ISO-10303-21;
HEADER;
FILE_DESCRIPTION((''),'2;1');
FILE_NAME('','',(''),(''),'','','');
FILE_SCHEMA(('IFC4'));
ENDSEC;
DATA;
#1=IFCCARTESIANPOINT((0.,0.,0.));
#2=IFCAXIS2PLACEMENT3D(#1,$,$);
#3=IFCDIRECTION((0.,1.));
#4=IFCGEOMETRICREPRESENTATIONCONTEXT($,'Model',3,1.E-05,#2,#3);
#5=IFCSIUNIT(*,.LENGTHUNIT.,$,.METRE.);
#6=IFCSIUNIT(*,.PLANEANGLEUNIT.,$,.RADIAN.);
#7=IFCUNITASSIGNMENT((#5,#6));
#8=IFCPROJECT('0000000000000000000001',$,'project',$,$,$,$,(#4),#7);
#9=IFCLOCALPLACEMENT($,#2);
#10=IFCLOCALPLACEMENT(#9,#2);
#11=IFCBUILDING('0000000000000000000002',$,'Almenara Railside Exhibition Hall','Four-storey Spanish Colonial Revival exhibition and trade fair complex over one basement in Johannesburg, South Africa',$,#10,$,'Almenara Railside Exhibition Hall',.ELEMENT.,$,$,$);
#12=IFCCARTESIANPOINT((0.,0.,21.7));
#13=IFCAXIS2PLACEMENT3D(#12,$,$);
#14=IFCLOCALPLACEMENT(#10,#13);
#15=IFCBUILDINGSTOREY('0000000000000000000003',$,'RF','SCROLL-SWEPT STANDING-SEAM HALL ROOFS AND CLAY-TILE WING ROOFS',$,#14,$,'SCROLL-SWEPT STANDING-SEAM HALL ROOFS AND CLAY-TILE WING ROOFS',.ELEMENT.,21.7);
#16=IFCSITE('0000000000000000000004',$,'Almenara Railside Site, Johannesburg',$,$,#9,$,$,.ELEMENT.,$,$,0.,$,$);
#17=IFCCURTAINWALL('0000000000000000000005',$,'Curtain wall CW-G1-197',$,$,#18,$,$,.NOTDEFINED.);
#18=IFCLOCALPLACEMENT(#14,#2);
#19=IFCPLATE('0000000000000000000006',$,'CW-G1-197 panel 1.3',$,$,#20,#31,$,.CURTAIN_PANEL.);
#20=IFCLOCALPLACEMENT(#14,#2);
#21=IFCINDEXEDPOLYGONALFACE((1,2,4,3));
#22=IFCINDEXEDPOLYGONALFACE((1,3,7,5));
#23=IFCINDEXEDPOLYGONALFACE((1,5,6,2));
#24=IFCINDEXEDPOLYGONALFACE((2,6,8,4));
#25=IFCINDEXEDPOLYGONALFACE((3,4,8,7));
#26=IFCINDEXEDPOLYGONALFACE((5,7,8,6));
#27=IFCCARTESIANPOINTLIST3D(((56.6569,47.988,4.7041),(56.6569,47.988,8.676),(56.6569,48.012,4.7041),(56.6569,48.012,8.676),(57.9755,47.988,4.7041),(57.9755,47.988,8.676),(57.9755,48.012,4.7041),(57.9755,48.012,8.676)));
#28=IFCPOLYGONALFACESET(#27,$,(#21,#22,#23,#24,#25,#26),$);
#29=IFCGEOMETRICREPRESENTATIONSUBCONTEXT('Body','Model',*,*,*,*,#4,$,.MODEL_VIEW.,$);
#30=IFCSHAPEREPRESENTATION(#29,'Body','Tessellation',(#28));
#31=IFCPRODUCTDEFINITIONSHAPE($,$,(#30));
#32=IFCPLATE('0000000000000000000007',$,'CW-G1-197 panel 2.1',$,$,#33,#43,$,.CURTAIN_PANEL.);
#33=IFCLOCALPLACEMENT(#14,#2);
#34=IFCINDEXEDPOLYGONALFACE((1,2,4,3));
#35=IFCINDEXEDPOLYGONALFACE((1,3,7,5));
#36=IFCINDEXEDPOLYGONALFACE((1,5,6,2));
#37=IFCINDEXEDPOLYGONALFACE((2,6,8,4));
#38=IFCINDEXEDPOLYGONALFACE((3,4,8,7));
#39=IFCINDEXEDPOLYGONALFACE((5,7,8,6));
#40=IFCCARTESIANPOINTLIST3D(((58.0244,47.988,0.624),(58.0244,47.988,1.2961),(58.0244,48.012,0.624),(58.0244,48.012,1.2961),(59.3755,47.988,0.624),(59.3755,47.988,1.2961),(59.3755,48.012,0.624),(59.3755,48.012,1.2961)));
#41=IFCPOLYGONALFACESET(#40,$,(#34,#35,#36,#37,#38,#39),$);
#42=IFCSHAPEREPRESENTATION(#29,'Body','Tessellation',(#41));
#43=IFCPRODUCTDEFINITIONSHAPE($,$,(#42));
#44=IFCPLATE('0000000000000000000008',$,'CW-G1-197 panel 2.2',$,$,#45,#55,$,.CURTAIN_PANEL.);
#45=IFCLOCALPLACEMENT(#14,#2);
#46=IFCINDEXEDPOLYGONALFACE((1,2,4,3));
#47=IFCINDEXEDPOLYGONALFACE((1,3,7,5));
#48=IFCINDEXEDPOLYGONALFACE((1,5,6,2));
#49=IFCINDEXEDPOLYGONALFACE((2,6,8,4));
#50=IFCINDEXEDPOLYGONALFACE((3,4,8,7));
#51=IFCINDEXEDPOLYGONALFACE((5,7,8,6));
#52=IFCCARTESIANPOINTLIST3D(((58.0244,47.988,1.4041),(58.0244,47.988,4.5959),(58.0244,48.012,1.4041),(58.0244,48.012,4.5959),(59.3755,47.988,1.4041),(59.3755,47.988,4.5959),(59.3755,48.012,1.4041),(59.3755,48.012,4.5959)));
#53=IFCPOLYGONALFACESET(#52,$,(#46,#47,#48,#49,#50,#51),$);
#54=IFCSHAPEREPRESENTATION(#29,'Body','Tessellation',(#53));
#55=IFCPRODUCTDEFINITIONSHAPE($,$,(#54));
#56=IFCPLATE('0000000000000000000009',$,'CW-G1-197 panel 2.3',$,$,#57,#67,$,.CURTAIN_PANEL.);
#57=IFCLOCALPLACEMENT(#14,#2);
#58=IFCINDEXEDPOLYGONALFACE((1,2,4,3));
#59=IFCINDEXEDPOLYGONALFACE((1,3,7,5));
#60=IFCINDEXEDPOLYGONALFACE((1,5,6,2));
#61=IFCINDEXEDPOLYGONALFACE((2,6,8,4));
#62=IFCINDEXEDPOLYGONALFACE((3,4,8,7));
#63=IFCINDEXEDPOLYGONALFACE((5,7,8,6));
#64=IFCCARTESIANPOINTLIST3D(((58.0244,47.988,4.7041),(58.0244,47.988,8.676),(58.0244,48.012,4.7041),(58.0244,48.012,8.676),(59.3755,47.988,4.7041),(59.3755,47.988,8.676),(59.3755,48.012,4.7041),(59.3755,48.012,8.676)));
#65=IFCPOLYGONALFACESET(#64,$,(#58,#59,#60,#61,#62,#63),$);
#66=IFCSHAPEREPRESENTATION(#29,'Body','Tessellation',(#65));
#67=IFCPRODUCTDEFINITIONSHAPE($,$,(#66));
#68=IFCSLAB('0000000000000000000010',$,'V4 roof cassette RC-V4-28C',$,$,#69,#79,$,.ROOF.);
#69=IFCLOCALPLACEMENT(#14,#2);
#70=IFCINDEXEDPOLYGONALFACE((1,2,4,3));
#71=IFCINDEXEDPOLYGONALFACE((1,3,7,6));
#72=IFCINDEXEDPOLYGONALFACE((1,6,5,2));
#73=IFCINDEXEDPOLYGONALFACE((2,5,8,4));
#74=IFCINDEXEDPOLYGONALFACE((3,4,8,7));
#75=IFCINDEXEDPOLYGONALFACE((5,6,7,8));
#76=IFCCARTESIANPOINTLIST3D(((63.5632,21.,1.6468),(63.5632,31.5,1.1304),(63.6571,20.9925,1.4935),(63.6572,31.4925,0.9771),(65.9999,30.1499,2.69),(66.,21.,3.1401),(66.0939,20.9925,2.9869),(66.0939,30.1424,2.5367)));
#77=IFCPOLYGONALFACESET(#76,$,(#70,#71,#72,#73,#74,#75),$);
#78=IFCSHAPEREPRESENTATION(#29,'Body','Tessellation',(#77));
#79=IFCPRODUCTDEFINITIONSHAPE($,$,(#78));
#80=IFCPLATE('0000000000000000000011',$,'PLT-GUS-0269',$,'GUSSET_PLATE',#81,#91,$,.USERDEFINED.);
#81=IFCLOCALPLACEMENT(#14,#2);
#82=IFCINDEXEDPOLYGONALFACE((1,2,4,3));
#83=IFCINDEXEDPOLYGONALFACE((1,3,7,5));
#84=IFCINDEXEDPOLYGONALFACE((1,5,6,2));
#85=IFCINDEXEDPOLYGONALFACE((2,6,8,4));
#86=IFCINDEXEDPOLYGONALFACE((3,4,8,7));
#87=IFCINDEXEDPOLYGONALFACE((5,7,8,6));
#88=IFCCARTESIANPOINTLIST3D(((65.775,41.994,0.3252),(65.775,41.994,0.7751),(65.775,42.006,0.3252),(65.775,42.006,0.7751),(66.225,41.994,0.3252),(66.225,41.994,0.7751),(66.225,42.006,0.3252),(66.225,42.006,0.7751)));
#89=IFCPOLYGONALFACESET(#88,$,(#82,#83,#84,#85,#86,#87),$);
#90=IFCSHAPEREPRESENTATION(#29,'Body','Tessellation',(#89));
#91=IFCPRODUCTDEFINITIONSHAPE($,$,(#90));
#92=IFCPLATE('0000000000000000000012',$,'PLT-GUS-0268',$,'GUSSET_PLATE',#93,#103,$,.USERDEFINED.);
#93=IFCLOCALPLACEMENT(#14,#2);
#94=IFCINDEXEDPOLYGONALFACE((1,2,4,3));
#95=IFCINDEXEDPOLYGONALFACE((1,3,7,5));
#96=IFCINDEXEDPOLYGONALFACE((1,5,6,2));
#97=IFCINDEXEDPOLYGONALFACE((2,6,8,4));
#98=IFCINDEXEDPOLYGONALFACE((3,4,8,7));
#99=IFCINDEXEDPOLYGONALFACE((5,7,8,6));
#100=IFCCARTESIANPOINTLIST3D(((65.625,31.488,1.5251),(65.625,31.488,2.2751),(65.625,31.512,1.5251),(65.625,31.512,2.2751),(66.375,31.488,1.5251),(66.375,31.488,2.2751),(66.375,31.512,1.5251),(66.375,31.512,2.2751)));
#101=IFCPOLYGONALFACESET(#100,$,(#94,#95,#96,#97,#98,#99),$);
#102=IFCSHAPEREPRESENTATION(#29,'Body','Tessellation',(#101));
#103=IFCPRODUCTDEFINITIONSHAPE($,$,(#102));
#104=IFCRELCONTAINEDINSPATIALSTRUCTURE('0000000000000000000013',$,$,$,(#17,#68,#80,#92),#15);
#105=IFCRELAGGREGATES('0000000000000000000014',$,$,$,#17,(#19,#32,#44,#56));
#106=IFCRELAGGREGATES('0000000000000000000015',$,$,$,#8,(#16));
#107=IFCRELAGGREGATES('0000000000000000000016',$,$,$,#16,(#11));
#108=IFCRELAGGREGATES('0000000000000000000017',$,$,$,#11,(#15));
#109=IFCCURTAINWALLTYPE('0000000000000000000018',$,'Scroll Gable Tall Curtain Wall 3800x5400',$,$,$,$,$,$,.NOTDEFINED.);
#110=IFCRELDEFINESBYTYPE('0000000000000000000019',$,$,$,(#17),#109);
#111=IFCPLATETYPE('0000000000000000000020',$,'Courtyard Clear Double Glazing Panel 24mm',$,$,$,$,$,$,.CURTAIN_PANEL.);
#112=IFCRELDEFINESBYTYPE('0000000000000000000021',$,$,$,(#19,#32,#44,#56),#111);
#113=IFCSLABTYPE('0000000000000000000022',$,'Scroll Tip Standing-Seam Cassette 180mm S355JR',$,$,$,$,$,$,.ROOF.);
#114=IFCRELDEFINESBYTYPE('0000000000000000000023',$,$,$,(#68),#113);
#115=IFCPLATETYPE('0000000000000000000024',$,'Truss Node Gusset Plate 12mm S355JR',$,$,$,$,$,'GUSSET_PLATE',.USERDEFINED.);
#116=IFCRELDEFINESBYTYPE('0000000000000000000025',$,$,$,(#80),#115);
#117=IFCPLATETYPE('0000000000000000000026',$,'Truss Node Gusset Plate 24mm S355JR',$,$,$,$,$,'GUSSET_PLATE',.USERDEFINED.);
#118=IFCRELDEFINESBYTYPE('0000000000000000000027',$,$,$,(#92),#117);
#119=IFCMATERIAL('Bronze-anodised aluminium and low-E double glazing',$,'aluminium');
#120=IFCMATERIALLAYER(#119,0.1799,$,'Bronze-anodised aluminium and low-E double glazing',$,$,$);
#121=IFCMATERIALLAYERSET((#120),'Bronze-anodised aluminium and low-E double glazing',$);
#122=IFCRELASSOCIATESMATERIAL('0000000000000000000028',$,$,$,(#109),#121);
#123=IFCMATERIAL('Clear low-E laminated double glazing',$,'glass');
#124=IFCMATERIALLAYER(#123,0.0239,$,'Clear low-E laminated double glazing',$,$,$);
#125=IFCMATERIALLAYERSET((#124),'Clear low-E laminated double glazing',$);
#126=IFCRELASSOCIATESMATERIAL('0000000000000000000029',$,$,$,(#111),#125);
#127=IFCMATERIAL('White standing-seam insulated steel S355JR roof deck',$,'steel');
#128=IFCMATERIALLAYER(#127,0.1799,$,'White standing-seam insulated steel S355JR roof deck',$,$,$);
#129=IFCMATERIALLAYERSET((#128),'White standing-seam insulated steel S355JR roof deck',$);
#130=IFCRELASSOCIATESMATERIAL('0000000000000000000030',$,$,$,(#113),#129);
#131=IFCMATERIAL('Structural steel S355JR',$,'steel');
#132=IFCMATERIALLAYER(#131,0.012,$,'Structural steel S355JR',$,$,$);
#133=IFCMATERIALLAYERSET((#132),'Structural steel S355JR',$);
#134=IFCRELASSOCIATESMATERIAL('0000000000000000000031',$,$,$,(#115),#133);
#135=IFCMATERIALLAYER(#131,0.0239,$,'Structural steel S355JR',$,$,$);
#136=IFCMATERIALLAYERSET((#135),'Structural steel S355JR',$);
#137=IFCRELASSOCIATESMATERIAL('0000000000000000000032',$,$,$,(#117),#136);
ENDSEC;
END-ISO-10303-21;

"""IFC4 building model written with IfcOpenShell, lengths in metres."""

from ifc_helpers import new_model, si_unit, direction, frame, origin, origin_2d, place, context, subcontext, project, spatial, polyline, rectangle, outline, extrude, material, layer, layer_set, type_object, element, aggregate, save


model = new_model("IFC4")

# Units and contexts
model_context = context("Model", 3, precision=1e-05, world=origin(), true_north=direction((0.0, 1.0)))
body_context = subcontext(model_context, "Body", "Model", "MODEL_VIEW")
ifc_project = project(units=[si_unit("LENGTHUNIT", "METRE"), si_unit("PLANEANGLEUNIT", "RADIAN")], contexts=[model_context])

# Site, building, storey
site_placement = place(None, origin())
site = spatial("IfcSite", under=ifc_project, at=site_placement, Name="Almenara Railside Site, Johannesburg", CompositionType="ELEMENT", RefElevation=0.0)
building_placement = place(site_placement, origin())
building = spatial("IfcBuilding", under=site, at=building_placement, Name="Almenara Railside Exhibition Hall", Description="Four-storey Spanish Colonial Revival exhibition and trade fair complex over one basement in Johannesburg, South Africa", LongName="Almenara Railside Exhibition Hall", CompositionType="ELEMENT")
storey_placement = place(building_placement, frame((0.0, 0.0, 21.7)))
storey = spatial("IfcBuildingStorey", under=building, at=storey_placement, Name="RF", Description="SCROLL-SWEPT STANDING-SEAM HALL ROOFS AND CLAY-TILE WING ROOFS", LongName="SCROLL-SWEPT STANDING-SEAM HALL ROOFS AND CLAY-TILE WING ROOFS", CompositionType="ELEMENT", Elevation=21.7)

# Shared definitions
ifc_material_1 = material(Name="Structural steel S355JR", Category="steel")

# Curtain wall
ifc_material_2 = material(Name="Bronze-anodised aluminium and low-E double glazing", Category="aluminium")
ifc_layer_1 = layer(ifc_material_2, 0.1799, Name="Bronze-anodised aluminium and low-E double glazing")
ifc_layer_set_1 = layer_set([ifc_layer_1], Name="Bronze-anodised aluminium and low-E double glazing")
curtain_wall_type = type_object("IfcCurtainWallType", Name="Scroll Gable Tall Curtain Wall 3800x5400", PredefinedType="NOTDEFINED", material=ifc_layer_set_1)
curtain_wall_placement = place(storey_placement, origin())
curtain_wall = element("IfcCurtainWall", 1, at=curtain_wall_placement, inside=storey, type_object=curtain_wall_type, Name="Curtain wall CW-G1-197", PredefinedType="NOTDEFINED")

# Plates
ifc_material_3 = material(Name="Clear low-E laminated double glazing", Category="glass")
ifc_layer_2 = layer(ifc_material_3, 0.0239, Name="Clear low-E laminated double glazing")
ifc_layer_set_2 = layer_set([ifc_layer_2], Name="Clear low-E laminated double glazing")
plate_type_1 = type_object("IfcPlateType", Name="Courtyard Clear Double Glazing Panel 24mm", PredefinedType="CURTAIN_PANEL", material=ifc_layer_set_2)
plate_1_placement = place(storey_placement, frame((57.3162, 48.0, 4.7041), z_axis=(0.0, 0.0, 1.0), x_axis=(1.0, 0.0, 0.0)))
plate_1 = element("IfcPlate", 2, at=plate_1_placement, type_object=plate_type_1, Name="CW-G1-197 panel 1.3", PredefinedType="CURTAIN_PANEL", context=body_context, shape_type="SweptSolid", body=[
    extrude(rectangle(XDim=1.3186, YDim=0.0239, at=origin_2d()), origin(), (0.0, 0.0, 1.0), 3.9719),
])
plate_2_placement = place(storey_placement, frame((58.7, 48.0, 0.624), z_axis=(0.0, 0.0, 1.0), x_axis=(1.0, 0.0, 0.0)))
plate_2 = element("IfcPlate", 3, at=plate_2_placement, type_object=plate_type_1, Name="CW-G1-197 panel 2.1", PredefinedType="CURTAIN_PANEL", context=body_context, shape_type="SweptSolid", body=[
    extrude(rectangle(XDim=1.3511, YDim=0.0239, at=origin_2d()), origin(), (0.0, 0.0, 1.0), 0.6721),
])
plate_3_placement = place(storey_placement, frame((58.7, 48.0, 1.4041), z_axis=(0.0, 0.0, 1.0), x_axis=(1.0, 0.0, 0.0)))
plate_3 = element("IfcPlate", 4, at=plate_3_placement, type_object=plate_type_1, Name="CW-G1-197 panel 2.2", PredefinedType="CURTAIN_PANEL", context=body_context, shape_type="SweptSolid", body=[
    extrude(rectangle(XDim=1.3511, YDim=0.0239, at=origin_2d()), origin(), (0.0, 0.0, 1.0), 3.1919),
])
plate_4_placement = place(storey_placement, frame((58.7, 48.0, 4.7041), z_axis=(0.0, 0.0, 1.0), x_axis=(1.0, 0.0, 0.0)))
plate_4 = element("IfcPlate", 5, at=plate_4_placement, type_object=plate_type_1, Name="CW-G1-197 panel 2.3", PredefinedType="CURTAIN_PANEL", context=body_context, shape_type="SweptSolid", body=[
    extrude(rectangle(XDim=1.3511, YDim=0.0239, at=origin_2d()), origin(), (0.0, 0.0, 1.0), 3.9719),
])
aggregate(curtain_wall, [plate_1, plate_2, plate_3, plate_4])

# Slab
ifc_material_4 = material(Name="White standing-seam insulated steel S355JR roof deck", Category="steel")
ifc_layer_3 = layer(ifc_material_4, 0.1799, Name="White standing-seam insulated steel S355JR roof deck")
ifc_layer_set_3 = layer_set([ifc_layer_3], Name="White standing-seam insulated steel S355JR roof deck")
slab_type = type_object("IfcSlabType", Name="Scroll Tip Standing-Seam Cassette 180mm S355JR", PredefinedType="ROOF", material=ifc_layer_set_3)
slab_placement = place(storey_placement, frame((63.5632, 31.5, 1.1304), z_axis=(-0.522048, 0.041903, 0.851886), x_axis=(0.763231, -0.422879, 0.48852)))
element("IfcSlab", 6, at=slab_placement, inside=storey, type_object=slab_type, Name="V4 roof cassette RC-V4-28C", PredefinedType="ROOF", context=body_context, shape_type="SweptSolid", body=[
    extrude(outline(polyline([(0.0, 0.0), (3.1926, 0.0), (7.2819, -8.1977), (4.6925, -9.4073), (0.0, 0.0)])), origin(), (0.0, 0.0, -1.0), 0.1799),
])

# Plates
ifc_layer_4 = layer(ifc_material_1, 0.012, Name="Structural steel S355JR")
ifc_layer_set_4 = layer_set([ifc_layer_4], Name="Structural steel S355JR")
plate_type_2 = type_object("IfcPlateType", Name="Truss Node Gusset Plate 12mm S355JR", ElementType="GUSSET_PLATE", PredefinedType="USERDEFINED", material=ifc_layer_set_4)
plate_5_placement = place(storey_placement, frame((66.0, 42.0, 0.3252), z_axis=(0.0, 0.0, 1.0), x_axis=(1.0, 0.0, 0.0)))
element("IfcPlate", 7, at=plate_5_placement, inside=storey, type_object=plate_type_2, Name="PLT-GUS-0269", ObjectType="GUSSET_PLATE", PredefinedType="USERDEFINED", context=body_context, shape_type="SweptSolid", body=[
    extrude(rectangle(XDim=0.45, YDim=0.012, at=origin_2d()), origin(), (0.0, 0.0, 1.0), 0.45),
])
ifc_layer_5 = layer(ifc_material_1, 0.0239, Name="Structural steel S355JR")
ifc_layer_set_5 = layer_set([ifc_layer_5], Name="Structural steel S355JR")
plate_type_3 = type_object("IfcPlateType", Name="Truss Node Gusset Plate 24mm S355JR", ElementType="GUSSET_PLATE", PredefinedType="USERDEFINED", material=ifc_layer_set_5)
plate_6_placement = place(storey_placement, frame((66.0, 31.5, 1.5251), z_axis=(0.0, 0.0, 1.0), x_axis=(1.0, 0.0, 0.0)))
element("IfcPlate", 8, at=plate_6_placement, inside=storey, type_object=plate_type_3, Name="PLT-GUS-0268", ObjectType="GUSSET_PLATE", PredefinedType="USERDEFINED", context=body_context, shape_type="SweptSolid", body=[
    extrude(rectangle(XDim=0.75, YDim=0.0239, at=origin_2d()), origin(), (0.0, 0.0, 1.0), 0.75),
])

save(model, "model.ifc")
